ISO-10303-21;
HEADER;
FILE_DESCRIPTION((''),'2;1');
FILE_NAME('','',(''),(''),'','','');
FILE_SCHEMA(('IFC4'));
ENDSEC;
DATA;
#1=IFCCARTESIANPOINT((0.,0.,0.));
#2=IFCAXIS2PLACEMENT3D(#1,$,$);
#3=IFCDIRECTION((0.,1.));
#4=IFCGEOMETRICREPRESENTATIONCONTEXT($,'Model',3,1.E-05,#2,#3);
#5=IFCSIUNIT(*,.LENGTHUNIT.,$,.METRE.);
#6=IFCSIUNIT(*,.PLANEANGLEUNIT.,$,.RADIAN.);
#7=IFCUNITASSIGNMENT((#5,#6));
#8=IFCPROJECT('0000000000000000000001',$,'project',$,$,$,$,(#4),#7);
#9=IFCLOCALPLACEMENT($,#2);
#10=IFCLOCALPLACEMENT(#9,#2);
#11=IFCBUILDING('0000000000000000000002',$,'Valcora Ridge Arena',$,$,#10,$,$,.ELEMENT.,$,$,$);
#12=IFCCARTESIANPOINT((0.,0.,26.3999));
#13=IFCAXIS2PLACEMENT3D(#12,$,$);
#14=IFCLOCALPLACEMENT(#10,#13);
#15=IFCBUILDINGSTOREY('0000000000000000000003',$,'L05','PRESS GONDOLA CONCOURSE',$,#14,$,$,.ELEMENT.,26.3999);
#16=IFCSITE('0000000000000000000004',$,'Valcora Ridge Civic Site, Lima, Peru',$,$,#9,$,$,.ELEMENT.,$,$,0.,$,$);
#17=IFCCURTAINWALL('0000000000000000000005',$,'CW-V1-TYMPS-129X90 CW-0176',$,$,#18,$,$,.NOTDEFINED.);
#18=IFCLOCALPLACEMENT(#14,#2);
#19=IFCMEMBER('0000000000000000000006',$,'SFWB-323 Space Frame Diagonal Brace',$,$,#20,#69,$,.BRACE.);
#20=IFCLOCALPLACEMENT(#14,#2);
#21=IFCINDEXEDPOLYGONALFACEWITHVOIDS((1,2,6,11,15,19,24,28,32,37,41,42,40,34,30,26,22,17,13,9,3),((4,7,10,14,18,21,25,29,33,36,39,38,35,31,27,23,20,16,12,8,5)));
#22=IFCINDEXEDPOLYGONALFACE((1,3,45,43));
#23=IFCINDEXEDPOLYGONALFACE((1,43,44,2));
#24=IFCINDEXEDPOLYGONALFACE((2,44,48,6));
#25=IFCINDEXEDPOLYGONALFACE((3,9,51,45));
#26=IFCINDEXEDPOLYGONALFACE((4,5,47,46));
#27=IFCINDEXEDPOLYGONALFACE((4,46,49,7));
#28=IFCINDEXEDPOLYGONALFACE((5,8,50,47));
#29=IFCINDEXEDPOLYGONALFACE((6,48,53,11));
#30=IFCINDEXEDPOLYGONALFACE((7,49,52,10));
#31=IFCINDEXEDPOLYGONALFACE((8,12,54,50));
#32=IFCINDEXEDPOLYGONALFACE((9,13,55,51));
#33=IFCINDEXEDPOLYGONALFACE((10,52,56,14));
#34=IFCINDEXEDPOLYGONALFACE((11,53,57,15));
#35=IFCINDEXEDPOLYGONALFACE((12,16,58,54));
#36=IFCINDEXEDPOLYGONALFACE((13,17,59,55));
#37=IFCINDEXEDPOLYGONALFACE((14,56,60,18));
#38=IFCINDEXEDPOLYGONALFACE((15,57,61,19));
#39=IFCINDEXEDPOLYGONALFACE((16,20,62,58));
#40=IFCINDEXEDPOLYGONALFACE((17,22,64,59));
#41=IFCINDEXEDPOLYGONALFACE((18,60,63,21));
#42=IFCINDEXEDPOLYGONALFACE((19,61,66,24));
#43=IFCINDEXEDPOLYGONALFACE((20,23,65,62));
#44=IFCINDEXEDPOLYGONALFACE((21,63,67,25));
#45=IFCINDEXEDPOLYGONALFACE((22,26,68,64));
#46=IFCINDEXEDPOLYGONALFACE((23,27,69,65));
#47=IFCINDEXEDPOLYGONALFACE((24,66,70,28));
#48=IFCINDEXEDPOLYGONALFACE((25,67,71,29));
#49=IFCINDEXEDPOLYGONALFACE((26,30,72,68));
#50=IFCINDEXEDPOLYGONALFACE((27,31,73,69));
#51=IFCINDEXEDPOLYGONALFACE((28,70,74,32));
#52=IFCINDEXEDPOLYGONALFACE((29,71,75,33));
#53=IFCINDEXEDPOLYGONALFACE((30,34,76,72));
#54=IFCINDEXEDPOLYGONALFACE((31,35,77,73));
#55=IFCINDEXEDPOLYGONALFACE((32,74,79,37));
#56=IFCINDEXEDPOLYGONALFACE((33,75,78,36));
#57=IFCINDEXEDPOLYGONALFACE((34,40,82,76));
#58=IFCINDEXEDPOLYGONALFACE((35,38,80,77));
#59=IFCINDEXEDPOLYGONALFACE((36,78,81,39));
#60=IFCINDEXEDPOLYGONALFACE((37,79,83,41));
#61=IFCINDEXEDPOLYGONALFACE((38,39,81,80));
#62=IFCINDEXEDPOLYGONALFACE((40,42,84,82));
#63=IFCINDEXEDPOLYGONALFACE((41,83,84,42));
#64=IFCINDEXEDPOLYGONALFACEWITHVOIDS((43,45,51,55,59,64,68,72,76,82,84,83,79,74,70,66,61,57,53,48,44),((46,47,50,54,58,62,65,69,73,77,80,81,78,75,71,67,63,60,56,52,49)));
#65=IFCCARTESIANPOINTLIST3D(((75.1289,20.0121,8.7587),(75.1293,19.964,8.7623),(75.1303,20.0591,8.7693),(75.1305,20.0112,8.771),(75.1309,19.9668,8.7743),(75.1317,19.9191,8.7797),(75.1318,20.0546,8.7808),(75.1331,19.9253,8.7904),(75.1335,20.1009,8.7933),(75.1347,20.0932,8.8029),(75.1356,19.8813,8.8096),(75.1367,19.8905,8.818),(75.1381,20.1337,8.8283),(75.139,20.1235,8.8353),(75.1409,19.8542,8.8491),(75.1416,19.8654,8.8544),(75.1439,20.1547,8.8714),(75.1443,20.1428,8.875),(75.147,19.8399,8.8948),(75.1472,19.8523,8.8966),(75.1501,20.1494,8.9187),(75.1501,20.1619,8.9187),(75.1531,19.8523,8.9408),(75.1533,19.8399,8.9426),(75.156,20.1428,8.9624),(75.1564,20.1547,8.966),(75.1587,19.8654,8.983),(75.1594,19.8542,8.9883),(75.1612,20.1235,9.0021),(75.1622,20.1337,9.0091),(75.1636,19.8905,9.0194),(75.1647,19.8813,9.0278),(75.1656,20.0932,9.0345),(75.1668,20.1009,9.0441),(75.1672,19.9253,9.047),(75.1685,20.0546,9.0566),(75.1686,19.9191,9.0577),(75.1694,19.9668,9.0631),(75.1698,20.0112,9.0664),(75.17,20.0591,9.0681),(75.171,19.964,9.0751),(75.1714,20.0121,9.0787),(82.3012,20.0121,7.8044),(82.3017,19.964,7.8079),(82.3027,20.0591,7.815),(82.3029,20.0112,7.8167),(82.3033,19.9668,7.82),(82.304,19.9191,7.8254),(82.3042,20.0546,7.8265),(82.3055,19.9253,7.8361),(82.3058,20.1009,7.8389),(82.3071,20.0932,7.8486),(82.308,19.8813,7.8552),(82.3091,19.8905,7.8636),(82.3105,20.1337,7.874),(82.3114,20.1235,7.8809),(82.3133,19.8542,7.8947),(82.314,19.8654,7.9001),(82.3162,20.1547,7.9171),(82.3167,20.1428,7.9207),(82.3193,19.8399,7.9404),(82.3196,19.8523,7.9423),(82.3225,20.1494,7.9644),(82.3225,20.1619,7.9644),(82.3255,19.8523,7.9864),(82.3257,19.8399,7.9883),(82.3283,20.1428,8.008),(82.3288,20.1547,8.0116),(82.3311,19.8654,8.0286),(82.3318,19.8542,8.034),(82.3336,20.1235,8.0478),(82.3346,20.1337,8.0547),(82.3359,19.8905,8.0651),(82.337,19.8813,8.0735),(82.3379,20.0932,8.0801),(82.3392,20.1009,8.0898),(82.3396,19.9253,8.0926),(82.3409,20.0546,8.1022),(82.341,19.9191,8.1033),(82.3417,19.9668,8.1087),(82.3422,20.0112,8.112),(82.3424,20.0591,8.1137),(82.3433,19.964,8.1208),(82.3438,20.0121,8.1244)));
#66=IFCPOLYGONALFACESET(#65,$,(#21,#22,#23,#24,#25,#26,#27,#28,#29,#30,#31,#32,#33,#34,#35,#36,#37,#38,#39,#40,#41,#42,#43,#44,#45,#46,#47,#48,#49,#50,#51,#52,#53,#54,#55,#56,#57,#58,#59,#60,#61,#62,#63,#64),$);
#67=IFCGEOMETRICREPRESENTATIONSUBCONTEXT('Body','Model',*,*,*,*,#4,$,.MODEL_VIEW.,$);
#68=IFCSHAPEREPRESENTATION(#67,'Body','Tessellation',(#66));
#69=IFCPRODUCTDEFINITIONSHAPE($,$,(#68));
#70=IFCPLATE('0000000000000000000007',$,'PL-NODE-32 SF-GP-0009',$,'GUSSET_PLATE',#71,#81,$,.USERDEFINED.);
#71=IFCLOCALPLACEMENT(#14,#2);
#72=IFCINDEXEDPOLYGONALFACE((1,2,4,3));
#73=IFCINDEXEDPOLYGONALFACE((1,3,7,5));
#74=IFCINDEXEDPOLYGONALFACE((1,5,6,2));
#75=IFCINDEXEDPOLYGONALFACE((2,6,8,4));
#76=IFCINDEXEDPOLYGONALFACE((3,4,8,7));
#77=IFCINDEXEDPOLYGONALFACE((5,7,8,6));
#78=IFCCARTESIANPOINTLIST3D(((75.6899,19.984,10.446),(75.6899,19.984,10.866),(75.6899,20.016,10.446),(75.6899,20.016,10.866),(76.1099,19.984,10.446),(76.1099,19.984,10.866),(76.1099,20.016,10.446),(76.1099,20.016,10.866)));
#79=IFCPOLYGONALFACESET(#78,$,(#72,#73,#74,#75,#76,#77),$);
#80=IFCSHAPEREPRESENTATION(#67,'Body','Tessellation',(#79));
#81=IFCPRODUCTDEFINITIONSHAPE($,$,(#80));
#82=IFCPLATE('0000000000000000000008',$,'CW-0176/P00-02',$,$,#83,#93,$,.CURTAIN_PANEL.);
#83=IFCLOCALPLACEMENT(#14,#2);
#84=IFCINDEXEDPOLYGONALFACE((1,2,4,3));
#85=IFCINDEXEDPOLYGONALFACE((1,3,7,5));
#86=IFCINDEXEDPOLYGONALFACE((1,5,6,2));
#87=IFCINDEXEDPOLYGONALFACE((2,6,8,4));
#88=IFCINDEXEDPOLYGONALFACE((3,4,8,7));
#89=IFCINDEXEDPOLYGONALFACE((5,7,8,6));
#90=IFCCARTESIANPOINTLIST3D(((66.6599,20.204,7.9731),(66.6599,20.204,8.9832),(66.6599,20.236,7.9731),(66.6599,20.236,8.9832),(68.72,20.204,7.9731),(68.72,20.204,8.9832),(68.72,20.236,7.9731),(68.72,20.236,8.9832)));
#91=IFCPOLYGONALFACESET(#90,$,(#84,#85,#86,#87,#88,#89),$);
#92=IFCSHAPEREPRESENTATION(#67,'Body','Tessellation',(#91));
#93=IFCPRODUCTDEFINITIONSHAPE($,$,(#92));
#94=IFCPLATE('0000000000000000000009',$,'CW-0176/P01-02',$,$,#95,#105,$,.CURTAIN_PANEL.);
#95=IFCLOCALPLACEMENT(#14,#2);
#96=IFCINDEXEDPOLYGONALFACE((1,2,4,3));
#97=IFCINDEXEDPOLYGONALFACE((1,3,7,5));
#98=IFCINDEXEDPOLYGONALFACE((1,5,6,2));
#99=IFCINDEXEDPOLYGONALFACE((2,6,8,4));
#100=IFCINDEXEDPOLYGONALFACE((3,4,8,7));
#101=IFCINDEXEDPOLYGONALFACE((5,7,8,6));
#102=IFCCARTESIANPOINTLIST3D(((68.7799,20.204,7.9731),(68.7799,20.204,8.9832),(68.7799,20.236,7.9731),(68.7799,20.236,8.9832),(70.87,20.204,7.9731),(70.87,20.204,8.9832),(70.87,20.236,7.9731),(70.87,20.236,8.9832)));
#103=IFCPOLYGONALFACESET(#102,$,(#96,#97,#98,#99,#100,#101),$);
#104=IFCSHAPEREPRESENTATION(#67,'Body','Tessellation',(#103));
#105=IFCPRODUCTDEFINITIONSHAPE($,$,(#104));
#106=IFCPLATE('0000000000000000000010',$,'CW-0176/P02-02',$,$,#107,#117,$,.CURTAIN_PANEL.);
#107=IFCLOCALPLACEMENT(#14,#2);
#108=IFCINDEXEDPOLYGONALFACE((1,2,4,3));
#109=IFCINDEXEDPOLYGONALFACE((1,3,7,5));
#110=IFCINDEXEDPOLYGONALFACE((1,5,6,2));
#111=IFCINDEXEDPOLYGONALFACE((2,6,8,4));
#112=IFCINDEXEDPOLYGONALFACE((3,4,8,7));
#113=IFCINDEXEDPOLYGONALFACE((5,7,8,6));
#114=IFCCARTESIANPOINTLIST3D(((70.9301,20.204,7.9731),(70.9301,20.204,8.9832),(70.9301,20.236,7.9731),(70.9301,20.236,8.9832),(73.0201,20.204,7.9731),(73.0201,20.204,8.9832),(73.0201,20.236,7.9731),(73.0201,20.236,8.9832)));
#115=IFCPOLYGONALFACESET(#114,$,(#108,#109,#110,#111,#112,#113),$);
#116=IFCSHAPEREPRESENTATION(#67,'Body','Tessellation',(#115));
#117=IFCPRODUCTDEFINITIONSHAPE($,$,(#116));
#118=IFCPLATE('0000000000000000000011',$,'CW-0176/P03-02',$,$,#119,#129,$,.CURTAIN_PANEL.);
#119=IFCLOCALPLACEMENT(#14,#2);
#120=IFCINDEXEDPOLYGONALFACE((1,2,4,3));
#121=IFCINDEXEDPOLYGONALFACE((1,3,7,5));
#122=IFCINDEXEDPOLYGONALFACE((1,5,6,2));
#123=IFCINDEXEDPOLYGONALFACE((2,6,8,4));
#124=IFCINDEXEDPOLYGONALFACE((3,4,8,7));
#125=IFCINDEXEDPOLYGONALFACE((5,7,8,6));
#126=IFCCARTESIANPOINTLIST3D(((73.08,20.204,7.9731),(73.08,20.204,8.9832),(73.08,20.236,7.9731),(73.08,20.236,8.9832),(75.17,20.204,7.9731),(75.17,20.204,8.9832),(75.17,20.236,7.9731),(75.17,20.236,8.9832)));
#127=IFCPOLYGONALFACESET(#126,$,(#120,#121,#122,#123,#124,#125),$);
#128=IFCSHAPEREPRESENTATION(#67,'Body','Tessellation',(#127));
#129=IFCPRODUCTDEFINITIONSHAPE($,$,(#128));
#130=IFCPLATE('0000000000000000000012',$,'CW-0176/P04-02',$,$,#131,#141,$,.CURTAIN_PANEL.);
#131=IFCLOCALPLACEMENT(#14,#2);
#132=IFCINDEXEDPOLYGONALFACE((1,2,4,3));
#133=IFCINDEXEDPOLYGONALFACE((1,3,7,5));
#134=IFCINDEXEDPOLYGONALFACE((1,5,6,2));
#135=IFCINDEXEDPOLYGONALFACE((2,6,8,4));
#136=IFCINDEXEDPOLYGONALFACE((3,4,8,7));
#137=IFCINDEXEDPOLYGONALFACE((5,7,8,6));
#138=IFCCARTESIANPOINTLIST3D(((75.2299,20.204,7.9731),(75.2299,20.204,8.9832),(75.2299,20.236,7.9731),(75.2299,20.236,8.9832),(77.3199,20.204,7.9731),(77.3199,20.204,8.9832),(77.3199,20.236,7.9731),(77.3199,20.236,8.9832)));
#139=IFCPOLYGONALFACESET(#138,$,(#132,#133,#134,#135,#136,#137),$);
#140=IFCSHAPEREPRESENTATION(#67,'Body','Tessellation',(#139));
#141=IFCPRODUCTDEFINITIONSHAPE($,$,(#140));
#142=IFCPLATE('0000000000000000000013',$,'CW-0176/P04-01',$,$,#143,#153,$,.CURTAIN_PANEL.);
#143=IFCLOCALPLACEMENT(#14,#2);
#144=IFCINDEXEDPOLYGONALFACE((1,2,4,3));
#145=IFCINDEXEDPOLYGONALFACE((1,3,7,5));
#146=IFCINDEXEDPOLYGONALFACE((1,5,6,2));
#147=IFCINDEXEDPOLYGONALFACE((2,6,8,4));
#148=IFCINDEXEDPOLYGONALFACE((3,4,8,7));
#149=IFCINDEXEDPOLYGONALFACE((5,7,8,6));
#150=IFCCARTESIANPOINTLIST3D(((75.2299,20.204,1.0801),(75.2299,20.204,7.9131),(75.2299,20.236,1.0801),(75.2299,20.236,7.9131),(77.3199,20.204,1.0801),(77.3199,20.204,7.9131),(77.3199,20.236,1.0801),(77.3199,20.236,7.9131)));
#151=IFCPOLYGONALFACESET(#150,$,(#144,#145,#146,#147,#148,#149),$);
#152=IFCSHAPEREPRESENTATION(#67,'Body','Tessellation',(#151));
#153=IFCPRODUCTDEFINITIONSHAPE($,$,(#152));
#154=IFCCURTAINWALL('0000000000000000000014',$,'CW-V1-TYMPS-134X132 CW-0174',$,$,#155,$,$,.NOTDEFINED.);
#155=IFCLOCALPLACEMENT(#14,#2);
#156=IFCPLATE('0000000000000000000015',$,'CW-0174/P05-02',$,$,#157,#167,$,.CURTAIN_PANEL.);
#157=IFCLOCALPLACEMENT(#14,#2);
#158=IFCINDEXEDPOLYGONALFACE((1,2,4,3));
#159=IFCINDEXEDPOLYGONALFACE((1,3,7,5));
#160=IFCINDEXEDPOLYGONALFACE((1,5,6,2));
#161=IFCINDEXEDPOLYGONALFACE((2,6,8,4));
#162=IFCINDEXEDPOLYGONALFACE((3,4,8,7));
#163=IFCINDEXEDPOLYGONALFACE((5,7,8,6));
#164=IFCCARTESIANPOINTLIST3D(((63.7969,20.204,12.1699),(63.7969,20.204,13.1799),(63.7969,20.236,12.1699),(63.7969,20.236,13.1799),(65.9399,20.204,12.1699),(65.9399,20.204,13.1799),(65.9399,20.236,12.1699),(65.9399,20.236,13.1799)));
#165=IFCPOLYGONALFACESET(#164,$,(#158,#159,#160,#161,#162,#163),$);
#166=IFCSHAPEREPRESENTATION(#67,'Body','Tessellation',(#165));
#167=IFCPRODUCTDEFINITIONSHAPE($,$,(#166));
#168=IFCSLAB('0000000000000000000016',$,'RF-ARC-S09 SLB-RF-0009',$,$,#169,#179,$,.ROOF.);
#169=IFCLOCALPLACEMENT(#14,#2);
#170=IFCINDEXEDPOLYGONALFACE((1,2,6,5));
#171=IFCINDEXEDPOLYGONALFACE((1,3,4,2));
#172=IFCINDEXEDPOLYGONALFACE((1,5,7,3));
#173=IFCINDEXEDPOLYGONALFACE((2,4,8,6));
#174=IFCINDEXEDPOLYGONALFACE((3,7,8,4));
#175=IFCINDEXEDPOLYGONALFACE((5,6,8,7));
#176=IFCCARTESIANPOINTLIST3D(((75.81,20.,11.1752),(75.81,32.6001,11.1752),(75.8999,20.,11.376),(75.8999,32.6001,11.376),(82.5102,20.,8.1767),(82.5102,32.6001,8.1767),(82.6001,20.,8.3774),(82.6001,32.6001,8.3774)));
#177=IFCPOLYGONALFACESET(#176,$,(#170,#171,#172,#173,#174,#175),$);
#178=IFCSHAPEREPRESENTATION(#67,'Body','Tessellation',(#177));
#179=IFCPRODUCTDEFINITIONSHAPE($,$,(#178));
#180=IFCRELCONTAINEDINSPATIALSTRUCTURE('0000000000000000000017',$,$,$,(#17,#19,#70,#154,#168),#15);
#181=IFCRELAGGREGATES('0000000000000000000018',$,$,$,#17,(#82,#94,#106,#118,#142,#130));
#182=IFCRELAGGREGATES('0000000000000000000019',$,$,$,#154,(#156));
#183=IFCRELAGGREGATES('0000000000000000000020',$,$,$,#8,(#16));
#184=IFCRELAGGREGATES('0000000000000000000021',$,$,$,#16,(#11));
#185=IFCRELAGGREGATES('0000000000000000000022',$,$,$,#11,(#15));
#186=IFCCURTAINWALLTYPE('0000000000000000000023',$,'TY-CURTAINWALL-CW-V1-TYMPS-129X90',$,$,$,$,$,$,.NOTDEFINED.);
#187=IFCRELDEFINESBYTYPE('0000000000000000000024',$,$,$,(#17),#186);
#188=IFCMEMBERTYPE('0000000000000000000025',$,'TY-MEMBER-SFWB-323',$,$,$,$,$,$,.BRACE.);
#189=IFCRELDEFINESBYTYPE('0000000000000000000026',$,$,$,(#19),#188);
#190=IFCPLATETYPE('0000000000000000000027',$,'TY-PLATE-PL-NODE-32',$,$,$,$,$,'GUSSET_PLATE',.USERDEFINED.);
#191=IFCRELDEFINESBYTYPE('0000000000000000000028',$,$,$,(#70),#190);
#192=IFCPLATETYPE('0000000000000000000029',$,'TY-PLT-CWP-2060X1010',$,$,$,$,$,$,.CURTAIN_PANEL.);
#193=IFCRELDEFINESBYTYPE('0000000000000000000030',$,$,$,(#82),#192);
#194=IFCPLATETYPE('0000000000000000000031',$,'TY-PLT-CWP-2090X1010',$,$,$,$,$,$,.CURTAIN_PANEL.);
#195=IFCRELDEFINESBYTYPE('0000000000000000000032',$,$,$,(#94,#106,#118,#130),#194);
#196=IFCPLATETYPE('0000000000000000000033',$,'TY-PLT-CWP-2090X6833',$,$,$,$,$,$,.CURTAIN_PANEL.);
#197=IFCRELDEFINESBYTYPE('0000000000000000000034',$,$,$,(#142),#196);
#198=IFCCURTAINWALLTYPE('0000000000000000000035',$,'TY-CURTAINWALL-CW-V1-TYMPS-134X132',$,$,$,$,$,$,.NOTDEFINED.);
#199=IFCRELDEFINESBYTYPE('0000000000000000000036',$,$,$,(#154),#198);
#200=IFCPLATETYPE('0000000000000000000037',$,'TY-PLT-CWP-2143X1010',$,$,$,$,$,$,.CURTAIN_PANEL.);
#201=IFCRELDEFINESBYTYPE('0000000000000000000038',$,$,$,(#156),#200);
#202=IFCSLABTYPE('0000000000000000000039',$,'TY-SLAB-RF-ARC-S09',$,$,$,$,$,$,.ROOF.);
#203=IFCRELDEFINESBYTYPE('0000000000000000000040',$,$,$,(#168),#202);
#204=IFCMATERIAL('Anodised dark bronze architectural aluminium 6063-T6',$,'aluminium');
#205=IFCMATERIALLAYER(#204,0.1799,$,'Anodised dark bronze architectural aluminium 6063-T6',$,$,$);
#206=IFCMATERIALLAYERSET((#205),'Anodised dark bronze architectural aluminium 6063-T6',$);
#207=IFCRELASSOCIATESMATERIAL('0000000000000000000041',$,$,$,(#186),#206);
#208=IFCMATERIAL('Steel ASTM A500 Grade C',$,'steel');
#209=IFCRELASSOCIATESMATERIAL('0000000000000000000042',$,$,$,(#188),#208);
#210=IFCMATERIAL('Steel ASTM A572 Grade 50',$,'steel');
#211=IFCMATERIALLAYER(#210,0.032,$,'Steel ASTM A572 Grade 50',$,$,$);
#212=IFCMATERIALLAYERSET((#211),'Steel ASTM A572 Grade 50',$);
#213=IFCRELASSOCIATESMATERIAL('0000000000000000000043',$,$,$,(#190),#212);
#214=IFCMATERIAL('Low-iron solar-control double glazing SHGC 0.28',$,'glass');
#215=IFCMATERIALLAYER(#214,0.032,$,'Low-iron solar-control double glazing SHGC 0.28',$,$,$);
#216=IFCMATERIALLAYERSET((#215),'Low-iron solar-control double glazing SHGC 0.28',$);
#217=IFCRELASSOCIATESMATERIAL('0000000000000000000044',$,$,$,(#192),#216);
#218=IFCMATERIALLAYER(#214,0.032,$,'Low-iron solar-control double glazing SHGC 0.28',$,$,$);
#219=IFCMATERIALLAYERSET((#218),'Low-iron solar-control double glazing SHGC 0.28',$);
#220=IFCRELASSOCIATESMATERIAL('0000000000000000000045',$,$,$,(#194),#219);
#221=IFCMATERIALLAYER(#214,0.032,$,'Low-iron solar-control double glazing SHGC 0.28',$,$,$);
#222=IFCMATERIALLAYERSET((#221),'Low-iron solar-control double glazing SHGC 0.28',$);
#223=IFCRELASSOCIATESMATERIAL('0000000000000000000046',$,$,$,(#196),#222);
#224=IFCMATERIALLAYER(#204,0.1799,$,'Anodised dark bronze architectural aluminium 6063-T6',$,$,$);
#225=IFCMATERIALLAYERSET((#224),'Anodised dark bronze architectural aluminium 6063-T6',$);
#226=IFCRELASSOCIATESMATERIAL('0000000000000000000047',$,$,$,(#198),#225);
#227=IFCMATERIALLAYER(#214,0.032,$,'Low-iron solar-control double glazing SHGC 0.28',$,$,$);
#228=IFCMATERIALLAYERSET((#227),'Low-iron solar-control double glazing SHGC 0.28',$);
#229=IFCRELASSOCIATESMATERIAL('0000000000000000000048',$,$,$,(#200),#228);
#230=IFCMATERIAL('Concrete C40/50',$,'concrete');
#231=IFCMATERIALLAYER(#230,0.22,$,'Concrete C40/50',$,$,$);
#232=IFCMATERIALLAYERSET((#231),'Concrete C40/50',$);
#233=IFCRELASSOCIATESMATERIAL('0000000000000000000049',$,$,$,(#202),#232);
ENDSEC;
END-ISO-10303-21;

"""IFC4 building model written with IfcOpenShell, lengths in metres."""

from ifc_helpers import new_model, si_unit, direction, frame, origin, origin_2d, place, context, subcontext, project, spatial, polyline, rectangle, hollow_circle, outline, extrude, material, layer, layer_set, material_profile, profile_set, type_object, element, aggregate, save


model = new_model("IFC4")

# Units and contexts
model_context = context("Model", 3, precision=1e-05, world=origin(), true_north=direction((0.0, 1.0)))
body_context = subcontext(model_context, "Body", "Model", "MODEL_VIEW")
ifc_project = project(units=[si_unit("LENGTHUNIT", "METRE"), si_unit("PLANEANGLEUNIT", "RADIAN")], contexts=[model_context])

# Site, building, storey
site_placement = place(None, origin())
site = spatial("IfcSite", under=ifc_project, at=site_placement, Name="Valcora Ridge Civic Site, Lima, Peru", CompositionType="ELEMENT", RefElevation=0.0)
building_placement = place(site_placement, origin())
building = spatial("IfcBuilding", under=site, at=building_placement, Name="Valcora Ridge Arena", CompositionType="ELEMENT")
storey_placement = place(building_placement, frame((0.0, 0.0, 26.3999)))
storey = spatial("IfcBuildingStorey", under=building, at=storey_placement, Name="L05", Description="PRESS GONDOLA CONCOURSE", CompositionType="ELEMENT", Elevation=26.3999)

# Curtain wall
ifc_material_1 = material(Name="Anodised dark bronze architectural aluminium 6063-T6", Category="aluminium")
ifc_layer_1 = layer(ifc_material_1, 0.1799, Name="Anodised dark bronze architectural aluminium 6063-T6")
ifc_layer_set_1 = layer_set([ifc_layer_1], Name="Anodised dark bronze architectural aluminium 6063-T6")
curtain_wall_type_1 = type_object("IfcCurtainWallType", Name="TY-CURTAINWALL-CW-V1-TYMPS-129X90", PredefinedType="NOTDEFINED", material=ifc_layer_set_1)
curtain_wall_1_placement = place(storey_placement, origin())
curtain_wall_1 = element("IfcCurtainWall", 1, at=curtain_wall_1_placement, inside=storey, type_object=curtain_wall_type_1, Name="CW-V1-TYMPS-129X90 CW-0176", PredefinedType="NOTDEFINED")

# Member
ifc_material_2 = material(Name="Steel ASTM A500 Grade C", Category="steel")
ifc_material_profile_1 = material_profile(ifc_material_2, hollow_circle(Radius=0.1619, WallThickness=0.0125, at=origin_2d()), Name="CHS323X12")
ifc_profile_set_1 = profile_set([ifc_material_profile_1], Name="Steel ASTM A500 Grade C")
member_type_1 = type_object("IfcMemberType", Name="TY-MEMBER-SFWB-323", PredefinedType="BRACE", material=ifc_profile_set_1)
member_1_placement = place(storey_placement, frame((75.1501, 20.0, 8.9187), z_axis=(0.991264, 0.0, -0.131896), x_axis=(0.0, 1.0, 0.0)))
element("IfcMember", 2, at=member_1_placement, inside=storey, type_object=member_type_1, Name="SFWB-323 Space Frame Diagonal Brace", PredefinedType="BRACE", context=body_context, shape_type="SweptSolid", body=[
    extrude(hollow_circle(Radius=0.1619, WallThickness=0.0125, at=origin_2d()), origin(), (0.0, 0.0, 1.0), 7.2356),
])

# Plates
ifc_material_3 = material(Name="Steel ASTM A572 Grade 50", Category="steel")
ifc_layer_2 = layer(ifc_material_3, 0.032, Name="Steel ASTM A572 Grade 50")
ifc_layer_set_2 = layer_set([ifc_layer_2], Name="Steel ASTM A572 Grade 50")
plate_type_1 = type_object("IfcPlateType", Name="TY-PLATE-PL-NODE-32", ElementType="GUSSET_PLATE", PredefinedType="USERDEFINED", material=ifc_layer_set_2)
plate_1_placement = place(storey_placement, frame((75.8999, 20.0, 10.446), z_axis=(0.0, 0.0, 1.0), x_axis=(1.0, 0.0, 0.0)))
element("IfcPlate", 3, at=plate_1_placement, inside=storey, type_object=plate_type_1, Name="PL-NODE-32 SF-GP-0009", ObjectType="GUSSET_PLATE", PredefinedType="USERDEFINED", context=body_context, shape_type="SweptSolid", body=[
    extrude(rectangle(XDim=0.4199, YDim=0.032, at=origin_2d()), origin(), (0.0, 0.0, 1.0), 0.4199),
])
ifc_material_4 = material(Name="Low-iron solar-control double glazing SHGC 0.28", Category="glass")
ifc_layer_3 = layer(ifc_material_4, 0.032, Name="Low-iron solar-control double glazing SHGC 0.28")
ifc_layer_set_3 = layer_set([ifc_layer_3], Name="Low-iron solar-control double glazing SHGC 0.28")
plate_type_2 = type_object("IfcPlateType", Name="TY-PLT-CWP-2060X1010", PredefinedType="CURTAIN_PANEL", material=ifc_layer_set_3)
plate_2_placement = place(storey_placement, frame((67.6899, 20.22, 7.9731), z_axis=(0.0, 0.0, 1.0), x_axis=(1.0, 0.0, 0.0)))
plate_2 = element("IfcPlate", 4, at=plate_2_placement, type_object=plate_type_2, Name="CW-0176/P00-02", PredefinedType="CURTAIN_PANEL", context=body_context, shape_type="SweptSolid", body=[
    extrude(rectangle(XDim=2.0601, YDim=0.032, at=origin_2d()), origin(), (0.0, 0.0, 1.0), 1.01),
])
ifc_layer_4 = layer(ifc_material_4, 0.032, Name="Low-iron solar-control double glazing SHGC 0.28")
ifc_layer_set_4 = layer_set([ifc_layer_4], Name="Low-iron solar-control double glazing SHGC 0.28")
plate_type_3 = type_object("IfcPlateType", Name="TY-PLT-CWP-2090X1010", PredefinedType="CURTAIN_PANEL", material=ifc_layer_set_4)
plate_3_placement = place(storey_placement, frame((69.825, 20.22, 7.9731), z_axis=(0.0, 0.0, 1.0), x_axis=(1.0, 0.0, 0.0)))
plate_3 = element("IfcPlate", 5, at=plate_3_placement, type_object=plate_type_3, Name="CW-0176/P01-02", PredefinedType="CURTAIN_PANEL", context=body_context, shape_type="SweptSolid", body=[
    extrude(rectangle(XDim=2.0901, YDim=0.032, at=origin_2d()), origin(), (0.0, 0.0, 1.0), 1.01),
])
plate_4_placement = place(storey_placement, frame((71.9751, 20.22, 7.9731), z_axis=(0.0, 0.0, 1.0), x_axis=(1.0, 0.0, 0.0)))
plate_4 = element("IfcPlate", 6, at=plate_4_placement, type_object=plate_type_3, Name="CW-0176/P02-02", PredefinedType="CURTAIN_PANEL", context=body_context, shape_type="SweptSolid", body=[
    extrude(rectangle(XDim=2.0901, YDim=0.032, at=origin_2d()), origin(), (0.0, 0.0, 1.0), 1.01),
])
plate_5_placement = place(storey_placement, frame((74.125, 20.22, 7.9731), z_axis=(0.0, 0.0, 1.0), x_axis=(1.0, 0.0, 0.0)))
plate_5 = element("IfcPlate", 7, at=plate_5_placement, type_object=plate_type_3, Name="CW-0176/P03-02", PredefinedType="CURTAIN_PANEL", context=body_context, shape_type="SweptSolid", body=[
    extrude(rectangle(XDim=2.0901, YDim=0.032, at=origin_2d()), origin(), (0.0, 0.0, 1.0), 1.01),
])
plate_6_placement = place(storey_placement, frame((76.2749, 20.22, 7.9731), z_axis=(0.0, 0.0, 1.0), x_axis=(1.0, 0.0, 0.0)))
plate_6 = element("IfcPlate", 8, at=plate_6_placement, type_object=plate_type_3, Name="CW-0176/P04-02", PredefinedType="CURTAIN_PANEL", context=body_context, shape_type="SweptSolid", body=[
    extrude(rectangle(XDim=2.0901, YDim=0.032, at=origin_2d()), origin(), (0.0, 0.0, 1.0), 1.01),
])
ifc_layer_5 = layer(ifc_material_4, 0.032, Name="Low-iron solar-control double glazing SHGC 0.28")
ifc_layer_set_5 = layer_set([ifc_layer_5], Name="Low-iron solar-control double glazing SHGC 0.28")
plate_type_4 = type_object("IfcPlateType", Name="TY-PLT-CWP-2090X6833", PredefinedType="CURTAIN_PANEL", material=ifc_layer_set_5)
plate_7_placement = place(storey_placement, frame((76.2749, 20.22, 1.0801), z_axis=(0.0, 0.0, 1.0), x_axis=(1.0, 0.0, 0.0)))
plate_7 = element("IfcPlate", 9, at=plate_7_placement, type_object=plate_type_4, Name="CW-0176/P04-01", PredefinedType="CURTAIN_PANEL", context=body_context, shape_type="SweptSolid", body=[
    extrude(rectangle(XDim=2.0901, YDim=0.032, at=origin_2d()), origin(), (0.0, 0.0, 1.0), 6.833),
])
aggregate(curtain_wall_1, [plate_2, plate_3, plate_4, plate_5, plate_7, plate_6])

# Curtain wall, plate
ifc_layer_6 = layer(ifc_material_1, 0.1799, Name="Anodised dark bronze architectural aluminium 6063-T6")
ifc_layer_set_6 = layer_set([ifc_layer_6], Name="Anodised dark bronze architectural aluminium 6063-T6")
curtain_wall_type_2 = type_object("IfcCurtainWallType", Name="TY-CURTAINWALL-CW-V1-TYMPS-134X132", PredefinedType="NOTDEFINED", material=ifc_layer_set_6)
curtain_wall_2_placement = place(storey_placement, origin())
curtain_wall_2 = element("IfcCurtainWall", 10, at=curtain_wall_2_placement, inside=storey, type_object=curtain_wall_type_2, Name="CW-V1-TYMPS-134X132 CW-0174", PredefinedType="NOTDEFINED")
ifc_layer_7 = layer(ifc_material_4, 0.032, Name="Low-iron solar-control double glazing SHGC 0.28")
ifc_layer_set_7 = layer_set([ifc_layer_7], Name="Low-iron solar-control double glazing SHGC 0.28")
plate_type_5 = type_object("IfcPlateType", Name="TY-PLT-CWP-2143X1010", PredefinedType="CURTAIN_PANEL", material=ifc_layer_set_7)
plate_8_placement = place(storey_placement, frame((64.8684, 20.22, 12.1699), z_axis=(0.0, 0.0, 1.0), x_axis=(1.0, 0.0, 0.0)))
plate_8 = element("IfcPlate", 11, at=plate_8_placement, type_object=plate_type_5, Name="CW-0174/P05-02", PredefinedType="CURTAIN_PANEL", context=body_context, shape_type="SweptSolid", body=[
    extrude(rectangle(XDim=2.1431, YDim=0.032, at=origin_2d()), origin(), (0.0, 0.0, 1.0), 1.01),
])
aggregate(curtain_wall_2, [plate_8])

# Slab
ifc_material_5 = material(Name="Concrete C40/50", Category="concrete")
ifc_layer_8 = layer(ifc_material_5, 0.22, Name="Concrete C40/50")
ifc_layer_set_8 = layer_set([ifc_layer_8], Name="Concrete C40/50")
slab_type = type_object("IfcSlabType", Name="TY-SLAB-RF-ARC-S09", PredefinedType="ROOF", material=ifc_layer_set_8)
slab_placement = place(storey_placement, frame((75.8999, 20.0, 11.376), z_axis=(0.408489, 0.0, 0.912763), x_axis=(0.912763, 0.0, -0.408489)))
element("IfcSlab", 12, at=slab_placement, inside=storey, type_object=slab_type, Name="RF-ARC-S09 SLB-RF-0009", PredefinedType="ROOF", context=body_context, shape_type="SweptSolid", body=[
    extrude(outline(polyline([(0.0, 0.0), (7.3406, 0.0), (7.3406, 12.6001), (0.0, 12.6001), (0.0, 0.0)])), origin(), (0.0, 0.0, -1.0), 0.22),
])

save(model, "model.ifc")
